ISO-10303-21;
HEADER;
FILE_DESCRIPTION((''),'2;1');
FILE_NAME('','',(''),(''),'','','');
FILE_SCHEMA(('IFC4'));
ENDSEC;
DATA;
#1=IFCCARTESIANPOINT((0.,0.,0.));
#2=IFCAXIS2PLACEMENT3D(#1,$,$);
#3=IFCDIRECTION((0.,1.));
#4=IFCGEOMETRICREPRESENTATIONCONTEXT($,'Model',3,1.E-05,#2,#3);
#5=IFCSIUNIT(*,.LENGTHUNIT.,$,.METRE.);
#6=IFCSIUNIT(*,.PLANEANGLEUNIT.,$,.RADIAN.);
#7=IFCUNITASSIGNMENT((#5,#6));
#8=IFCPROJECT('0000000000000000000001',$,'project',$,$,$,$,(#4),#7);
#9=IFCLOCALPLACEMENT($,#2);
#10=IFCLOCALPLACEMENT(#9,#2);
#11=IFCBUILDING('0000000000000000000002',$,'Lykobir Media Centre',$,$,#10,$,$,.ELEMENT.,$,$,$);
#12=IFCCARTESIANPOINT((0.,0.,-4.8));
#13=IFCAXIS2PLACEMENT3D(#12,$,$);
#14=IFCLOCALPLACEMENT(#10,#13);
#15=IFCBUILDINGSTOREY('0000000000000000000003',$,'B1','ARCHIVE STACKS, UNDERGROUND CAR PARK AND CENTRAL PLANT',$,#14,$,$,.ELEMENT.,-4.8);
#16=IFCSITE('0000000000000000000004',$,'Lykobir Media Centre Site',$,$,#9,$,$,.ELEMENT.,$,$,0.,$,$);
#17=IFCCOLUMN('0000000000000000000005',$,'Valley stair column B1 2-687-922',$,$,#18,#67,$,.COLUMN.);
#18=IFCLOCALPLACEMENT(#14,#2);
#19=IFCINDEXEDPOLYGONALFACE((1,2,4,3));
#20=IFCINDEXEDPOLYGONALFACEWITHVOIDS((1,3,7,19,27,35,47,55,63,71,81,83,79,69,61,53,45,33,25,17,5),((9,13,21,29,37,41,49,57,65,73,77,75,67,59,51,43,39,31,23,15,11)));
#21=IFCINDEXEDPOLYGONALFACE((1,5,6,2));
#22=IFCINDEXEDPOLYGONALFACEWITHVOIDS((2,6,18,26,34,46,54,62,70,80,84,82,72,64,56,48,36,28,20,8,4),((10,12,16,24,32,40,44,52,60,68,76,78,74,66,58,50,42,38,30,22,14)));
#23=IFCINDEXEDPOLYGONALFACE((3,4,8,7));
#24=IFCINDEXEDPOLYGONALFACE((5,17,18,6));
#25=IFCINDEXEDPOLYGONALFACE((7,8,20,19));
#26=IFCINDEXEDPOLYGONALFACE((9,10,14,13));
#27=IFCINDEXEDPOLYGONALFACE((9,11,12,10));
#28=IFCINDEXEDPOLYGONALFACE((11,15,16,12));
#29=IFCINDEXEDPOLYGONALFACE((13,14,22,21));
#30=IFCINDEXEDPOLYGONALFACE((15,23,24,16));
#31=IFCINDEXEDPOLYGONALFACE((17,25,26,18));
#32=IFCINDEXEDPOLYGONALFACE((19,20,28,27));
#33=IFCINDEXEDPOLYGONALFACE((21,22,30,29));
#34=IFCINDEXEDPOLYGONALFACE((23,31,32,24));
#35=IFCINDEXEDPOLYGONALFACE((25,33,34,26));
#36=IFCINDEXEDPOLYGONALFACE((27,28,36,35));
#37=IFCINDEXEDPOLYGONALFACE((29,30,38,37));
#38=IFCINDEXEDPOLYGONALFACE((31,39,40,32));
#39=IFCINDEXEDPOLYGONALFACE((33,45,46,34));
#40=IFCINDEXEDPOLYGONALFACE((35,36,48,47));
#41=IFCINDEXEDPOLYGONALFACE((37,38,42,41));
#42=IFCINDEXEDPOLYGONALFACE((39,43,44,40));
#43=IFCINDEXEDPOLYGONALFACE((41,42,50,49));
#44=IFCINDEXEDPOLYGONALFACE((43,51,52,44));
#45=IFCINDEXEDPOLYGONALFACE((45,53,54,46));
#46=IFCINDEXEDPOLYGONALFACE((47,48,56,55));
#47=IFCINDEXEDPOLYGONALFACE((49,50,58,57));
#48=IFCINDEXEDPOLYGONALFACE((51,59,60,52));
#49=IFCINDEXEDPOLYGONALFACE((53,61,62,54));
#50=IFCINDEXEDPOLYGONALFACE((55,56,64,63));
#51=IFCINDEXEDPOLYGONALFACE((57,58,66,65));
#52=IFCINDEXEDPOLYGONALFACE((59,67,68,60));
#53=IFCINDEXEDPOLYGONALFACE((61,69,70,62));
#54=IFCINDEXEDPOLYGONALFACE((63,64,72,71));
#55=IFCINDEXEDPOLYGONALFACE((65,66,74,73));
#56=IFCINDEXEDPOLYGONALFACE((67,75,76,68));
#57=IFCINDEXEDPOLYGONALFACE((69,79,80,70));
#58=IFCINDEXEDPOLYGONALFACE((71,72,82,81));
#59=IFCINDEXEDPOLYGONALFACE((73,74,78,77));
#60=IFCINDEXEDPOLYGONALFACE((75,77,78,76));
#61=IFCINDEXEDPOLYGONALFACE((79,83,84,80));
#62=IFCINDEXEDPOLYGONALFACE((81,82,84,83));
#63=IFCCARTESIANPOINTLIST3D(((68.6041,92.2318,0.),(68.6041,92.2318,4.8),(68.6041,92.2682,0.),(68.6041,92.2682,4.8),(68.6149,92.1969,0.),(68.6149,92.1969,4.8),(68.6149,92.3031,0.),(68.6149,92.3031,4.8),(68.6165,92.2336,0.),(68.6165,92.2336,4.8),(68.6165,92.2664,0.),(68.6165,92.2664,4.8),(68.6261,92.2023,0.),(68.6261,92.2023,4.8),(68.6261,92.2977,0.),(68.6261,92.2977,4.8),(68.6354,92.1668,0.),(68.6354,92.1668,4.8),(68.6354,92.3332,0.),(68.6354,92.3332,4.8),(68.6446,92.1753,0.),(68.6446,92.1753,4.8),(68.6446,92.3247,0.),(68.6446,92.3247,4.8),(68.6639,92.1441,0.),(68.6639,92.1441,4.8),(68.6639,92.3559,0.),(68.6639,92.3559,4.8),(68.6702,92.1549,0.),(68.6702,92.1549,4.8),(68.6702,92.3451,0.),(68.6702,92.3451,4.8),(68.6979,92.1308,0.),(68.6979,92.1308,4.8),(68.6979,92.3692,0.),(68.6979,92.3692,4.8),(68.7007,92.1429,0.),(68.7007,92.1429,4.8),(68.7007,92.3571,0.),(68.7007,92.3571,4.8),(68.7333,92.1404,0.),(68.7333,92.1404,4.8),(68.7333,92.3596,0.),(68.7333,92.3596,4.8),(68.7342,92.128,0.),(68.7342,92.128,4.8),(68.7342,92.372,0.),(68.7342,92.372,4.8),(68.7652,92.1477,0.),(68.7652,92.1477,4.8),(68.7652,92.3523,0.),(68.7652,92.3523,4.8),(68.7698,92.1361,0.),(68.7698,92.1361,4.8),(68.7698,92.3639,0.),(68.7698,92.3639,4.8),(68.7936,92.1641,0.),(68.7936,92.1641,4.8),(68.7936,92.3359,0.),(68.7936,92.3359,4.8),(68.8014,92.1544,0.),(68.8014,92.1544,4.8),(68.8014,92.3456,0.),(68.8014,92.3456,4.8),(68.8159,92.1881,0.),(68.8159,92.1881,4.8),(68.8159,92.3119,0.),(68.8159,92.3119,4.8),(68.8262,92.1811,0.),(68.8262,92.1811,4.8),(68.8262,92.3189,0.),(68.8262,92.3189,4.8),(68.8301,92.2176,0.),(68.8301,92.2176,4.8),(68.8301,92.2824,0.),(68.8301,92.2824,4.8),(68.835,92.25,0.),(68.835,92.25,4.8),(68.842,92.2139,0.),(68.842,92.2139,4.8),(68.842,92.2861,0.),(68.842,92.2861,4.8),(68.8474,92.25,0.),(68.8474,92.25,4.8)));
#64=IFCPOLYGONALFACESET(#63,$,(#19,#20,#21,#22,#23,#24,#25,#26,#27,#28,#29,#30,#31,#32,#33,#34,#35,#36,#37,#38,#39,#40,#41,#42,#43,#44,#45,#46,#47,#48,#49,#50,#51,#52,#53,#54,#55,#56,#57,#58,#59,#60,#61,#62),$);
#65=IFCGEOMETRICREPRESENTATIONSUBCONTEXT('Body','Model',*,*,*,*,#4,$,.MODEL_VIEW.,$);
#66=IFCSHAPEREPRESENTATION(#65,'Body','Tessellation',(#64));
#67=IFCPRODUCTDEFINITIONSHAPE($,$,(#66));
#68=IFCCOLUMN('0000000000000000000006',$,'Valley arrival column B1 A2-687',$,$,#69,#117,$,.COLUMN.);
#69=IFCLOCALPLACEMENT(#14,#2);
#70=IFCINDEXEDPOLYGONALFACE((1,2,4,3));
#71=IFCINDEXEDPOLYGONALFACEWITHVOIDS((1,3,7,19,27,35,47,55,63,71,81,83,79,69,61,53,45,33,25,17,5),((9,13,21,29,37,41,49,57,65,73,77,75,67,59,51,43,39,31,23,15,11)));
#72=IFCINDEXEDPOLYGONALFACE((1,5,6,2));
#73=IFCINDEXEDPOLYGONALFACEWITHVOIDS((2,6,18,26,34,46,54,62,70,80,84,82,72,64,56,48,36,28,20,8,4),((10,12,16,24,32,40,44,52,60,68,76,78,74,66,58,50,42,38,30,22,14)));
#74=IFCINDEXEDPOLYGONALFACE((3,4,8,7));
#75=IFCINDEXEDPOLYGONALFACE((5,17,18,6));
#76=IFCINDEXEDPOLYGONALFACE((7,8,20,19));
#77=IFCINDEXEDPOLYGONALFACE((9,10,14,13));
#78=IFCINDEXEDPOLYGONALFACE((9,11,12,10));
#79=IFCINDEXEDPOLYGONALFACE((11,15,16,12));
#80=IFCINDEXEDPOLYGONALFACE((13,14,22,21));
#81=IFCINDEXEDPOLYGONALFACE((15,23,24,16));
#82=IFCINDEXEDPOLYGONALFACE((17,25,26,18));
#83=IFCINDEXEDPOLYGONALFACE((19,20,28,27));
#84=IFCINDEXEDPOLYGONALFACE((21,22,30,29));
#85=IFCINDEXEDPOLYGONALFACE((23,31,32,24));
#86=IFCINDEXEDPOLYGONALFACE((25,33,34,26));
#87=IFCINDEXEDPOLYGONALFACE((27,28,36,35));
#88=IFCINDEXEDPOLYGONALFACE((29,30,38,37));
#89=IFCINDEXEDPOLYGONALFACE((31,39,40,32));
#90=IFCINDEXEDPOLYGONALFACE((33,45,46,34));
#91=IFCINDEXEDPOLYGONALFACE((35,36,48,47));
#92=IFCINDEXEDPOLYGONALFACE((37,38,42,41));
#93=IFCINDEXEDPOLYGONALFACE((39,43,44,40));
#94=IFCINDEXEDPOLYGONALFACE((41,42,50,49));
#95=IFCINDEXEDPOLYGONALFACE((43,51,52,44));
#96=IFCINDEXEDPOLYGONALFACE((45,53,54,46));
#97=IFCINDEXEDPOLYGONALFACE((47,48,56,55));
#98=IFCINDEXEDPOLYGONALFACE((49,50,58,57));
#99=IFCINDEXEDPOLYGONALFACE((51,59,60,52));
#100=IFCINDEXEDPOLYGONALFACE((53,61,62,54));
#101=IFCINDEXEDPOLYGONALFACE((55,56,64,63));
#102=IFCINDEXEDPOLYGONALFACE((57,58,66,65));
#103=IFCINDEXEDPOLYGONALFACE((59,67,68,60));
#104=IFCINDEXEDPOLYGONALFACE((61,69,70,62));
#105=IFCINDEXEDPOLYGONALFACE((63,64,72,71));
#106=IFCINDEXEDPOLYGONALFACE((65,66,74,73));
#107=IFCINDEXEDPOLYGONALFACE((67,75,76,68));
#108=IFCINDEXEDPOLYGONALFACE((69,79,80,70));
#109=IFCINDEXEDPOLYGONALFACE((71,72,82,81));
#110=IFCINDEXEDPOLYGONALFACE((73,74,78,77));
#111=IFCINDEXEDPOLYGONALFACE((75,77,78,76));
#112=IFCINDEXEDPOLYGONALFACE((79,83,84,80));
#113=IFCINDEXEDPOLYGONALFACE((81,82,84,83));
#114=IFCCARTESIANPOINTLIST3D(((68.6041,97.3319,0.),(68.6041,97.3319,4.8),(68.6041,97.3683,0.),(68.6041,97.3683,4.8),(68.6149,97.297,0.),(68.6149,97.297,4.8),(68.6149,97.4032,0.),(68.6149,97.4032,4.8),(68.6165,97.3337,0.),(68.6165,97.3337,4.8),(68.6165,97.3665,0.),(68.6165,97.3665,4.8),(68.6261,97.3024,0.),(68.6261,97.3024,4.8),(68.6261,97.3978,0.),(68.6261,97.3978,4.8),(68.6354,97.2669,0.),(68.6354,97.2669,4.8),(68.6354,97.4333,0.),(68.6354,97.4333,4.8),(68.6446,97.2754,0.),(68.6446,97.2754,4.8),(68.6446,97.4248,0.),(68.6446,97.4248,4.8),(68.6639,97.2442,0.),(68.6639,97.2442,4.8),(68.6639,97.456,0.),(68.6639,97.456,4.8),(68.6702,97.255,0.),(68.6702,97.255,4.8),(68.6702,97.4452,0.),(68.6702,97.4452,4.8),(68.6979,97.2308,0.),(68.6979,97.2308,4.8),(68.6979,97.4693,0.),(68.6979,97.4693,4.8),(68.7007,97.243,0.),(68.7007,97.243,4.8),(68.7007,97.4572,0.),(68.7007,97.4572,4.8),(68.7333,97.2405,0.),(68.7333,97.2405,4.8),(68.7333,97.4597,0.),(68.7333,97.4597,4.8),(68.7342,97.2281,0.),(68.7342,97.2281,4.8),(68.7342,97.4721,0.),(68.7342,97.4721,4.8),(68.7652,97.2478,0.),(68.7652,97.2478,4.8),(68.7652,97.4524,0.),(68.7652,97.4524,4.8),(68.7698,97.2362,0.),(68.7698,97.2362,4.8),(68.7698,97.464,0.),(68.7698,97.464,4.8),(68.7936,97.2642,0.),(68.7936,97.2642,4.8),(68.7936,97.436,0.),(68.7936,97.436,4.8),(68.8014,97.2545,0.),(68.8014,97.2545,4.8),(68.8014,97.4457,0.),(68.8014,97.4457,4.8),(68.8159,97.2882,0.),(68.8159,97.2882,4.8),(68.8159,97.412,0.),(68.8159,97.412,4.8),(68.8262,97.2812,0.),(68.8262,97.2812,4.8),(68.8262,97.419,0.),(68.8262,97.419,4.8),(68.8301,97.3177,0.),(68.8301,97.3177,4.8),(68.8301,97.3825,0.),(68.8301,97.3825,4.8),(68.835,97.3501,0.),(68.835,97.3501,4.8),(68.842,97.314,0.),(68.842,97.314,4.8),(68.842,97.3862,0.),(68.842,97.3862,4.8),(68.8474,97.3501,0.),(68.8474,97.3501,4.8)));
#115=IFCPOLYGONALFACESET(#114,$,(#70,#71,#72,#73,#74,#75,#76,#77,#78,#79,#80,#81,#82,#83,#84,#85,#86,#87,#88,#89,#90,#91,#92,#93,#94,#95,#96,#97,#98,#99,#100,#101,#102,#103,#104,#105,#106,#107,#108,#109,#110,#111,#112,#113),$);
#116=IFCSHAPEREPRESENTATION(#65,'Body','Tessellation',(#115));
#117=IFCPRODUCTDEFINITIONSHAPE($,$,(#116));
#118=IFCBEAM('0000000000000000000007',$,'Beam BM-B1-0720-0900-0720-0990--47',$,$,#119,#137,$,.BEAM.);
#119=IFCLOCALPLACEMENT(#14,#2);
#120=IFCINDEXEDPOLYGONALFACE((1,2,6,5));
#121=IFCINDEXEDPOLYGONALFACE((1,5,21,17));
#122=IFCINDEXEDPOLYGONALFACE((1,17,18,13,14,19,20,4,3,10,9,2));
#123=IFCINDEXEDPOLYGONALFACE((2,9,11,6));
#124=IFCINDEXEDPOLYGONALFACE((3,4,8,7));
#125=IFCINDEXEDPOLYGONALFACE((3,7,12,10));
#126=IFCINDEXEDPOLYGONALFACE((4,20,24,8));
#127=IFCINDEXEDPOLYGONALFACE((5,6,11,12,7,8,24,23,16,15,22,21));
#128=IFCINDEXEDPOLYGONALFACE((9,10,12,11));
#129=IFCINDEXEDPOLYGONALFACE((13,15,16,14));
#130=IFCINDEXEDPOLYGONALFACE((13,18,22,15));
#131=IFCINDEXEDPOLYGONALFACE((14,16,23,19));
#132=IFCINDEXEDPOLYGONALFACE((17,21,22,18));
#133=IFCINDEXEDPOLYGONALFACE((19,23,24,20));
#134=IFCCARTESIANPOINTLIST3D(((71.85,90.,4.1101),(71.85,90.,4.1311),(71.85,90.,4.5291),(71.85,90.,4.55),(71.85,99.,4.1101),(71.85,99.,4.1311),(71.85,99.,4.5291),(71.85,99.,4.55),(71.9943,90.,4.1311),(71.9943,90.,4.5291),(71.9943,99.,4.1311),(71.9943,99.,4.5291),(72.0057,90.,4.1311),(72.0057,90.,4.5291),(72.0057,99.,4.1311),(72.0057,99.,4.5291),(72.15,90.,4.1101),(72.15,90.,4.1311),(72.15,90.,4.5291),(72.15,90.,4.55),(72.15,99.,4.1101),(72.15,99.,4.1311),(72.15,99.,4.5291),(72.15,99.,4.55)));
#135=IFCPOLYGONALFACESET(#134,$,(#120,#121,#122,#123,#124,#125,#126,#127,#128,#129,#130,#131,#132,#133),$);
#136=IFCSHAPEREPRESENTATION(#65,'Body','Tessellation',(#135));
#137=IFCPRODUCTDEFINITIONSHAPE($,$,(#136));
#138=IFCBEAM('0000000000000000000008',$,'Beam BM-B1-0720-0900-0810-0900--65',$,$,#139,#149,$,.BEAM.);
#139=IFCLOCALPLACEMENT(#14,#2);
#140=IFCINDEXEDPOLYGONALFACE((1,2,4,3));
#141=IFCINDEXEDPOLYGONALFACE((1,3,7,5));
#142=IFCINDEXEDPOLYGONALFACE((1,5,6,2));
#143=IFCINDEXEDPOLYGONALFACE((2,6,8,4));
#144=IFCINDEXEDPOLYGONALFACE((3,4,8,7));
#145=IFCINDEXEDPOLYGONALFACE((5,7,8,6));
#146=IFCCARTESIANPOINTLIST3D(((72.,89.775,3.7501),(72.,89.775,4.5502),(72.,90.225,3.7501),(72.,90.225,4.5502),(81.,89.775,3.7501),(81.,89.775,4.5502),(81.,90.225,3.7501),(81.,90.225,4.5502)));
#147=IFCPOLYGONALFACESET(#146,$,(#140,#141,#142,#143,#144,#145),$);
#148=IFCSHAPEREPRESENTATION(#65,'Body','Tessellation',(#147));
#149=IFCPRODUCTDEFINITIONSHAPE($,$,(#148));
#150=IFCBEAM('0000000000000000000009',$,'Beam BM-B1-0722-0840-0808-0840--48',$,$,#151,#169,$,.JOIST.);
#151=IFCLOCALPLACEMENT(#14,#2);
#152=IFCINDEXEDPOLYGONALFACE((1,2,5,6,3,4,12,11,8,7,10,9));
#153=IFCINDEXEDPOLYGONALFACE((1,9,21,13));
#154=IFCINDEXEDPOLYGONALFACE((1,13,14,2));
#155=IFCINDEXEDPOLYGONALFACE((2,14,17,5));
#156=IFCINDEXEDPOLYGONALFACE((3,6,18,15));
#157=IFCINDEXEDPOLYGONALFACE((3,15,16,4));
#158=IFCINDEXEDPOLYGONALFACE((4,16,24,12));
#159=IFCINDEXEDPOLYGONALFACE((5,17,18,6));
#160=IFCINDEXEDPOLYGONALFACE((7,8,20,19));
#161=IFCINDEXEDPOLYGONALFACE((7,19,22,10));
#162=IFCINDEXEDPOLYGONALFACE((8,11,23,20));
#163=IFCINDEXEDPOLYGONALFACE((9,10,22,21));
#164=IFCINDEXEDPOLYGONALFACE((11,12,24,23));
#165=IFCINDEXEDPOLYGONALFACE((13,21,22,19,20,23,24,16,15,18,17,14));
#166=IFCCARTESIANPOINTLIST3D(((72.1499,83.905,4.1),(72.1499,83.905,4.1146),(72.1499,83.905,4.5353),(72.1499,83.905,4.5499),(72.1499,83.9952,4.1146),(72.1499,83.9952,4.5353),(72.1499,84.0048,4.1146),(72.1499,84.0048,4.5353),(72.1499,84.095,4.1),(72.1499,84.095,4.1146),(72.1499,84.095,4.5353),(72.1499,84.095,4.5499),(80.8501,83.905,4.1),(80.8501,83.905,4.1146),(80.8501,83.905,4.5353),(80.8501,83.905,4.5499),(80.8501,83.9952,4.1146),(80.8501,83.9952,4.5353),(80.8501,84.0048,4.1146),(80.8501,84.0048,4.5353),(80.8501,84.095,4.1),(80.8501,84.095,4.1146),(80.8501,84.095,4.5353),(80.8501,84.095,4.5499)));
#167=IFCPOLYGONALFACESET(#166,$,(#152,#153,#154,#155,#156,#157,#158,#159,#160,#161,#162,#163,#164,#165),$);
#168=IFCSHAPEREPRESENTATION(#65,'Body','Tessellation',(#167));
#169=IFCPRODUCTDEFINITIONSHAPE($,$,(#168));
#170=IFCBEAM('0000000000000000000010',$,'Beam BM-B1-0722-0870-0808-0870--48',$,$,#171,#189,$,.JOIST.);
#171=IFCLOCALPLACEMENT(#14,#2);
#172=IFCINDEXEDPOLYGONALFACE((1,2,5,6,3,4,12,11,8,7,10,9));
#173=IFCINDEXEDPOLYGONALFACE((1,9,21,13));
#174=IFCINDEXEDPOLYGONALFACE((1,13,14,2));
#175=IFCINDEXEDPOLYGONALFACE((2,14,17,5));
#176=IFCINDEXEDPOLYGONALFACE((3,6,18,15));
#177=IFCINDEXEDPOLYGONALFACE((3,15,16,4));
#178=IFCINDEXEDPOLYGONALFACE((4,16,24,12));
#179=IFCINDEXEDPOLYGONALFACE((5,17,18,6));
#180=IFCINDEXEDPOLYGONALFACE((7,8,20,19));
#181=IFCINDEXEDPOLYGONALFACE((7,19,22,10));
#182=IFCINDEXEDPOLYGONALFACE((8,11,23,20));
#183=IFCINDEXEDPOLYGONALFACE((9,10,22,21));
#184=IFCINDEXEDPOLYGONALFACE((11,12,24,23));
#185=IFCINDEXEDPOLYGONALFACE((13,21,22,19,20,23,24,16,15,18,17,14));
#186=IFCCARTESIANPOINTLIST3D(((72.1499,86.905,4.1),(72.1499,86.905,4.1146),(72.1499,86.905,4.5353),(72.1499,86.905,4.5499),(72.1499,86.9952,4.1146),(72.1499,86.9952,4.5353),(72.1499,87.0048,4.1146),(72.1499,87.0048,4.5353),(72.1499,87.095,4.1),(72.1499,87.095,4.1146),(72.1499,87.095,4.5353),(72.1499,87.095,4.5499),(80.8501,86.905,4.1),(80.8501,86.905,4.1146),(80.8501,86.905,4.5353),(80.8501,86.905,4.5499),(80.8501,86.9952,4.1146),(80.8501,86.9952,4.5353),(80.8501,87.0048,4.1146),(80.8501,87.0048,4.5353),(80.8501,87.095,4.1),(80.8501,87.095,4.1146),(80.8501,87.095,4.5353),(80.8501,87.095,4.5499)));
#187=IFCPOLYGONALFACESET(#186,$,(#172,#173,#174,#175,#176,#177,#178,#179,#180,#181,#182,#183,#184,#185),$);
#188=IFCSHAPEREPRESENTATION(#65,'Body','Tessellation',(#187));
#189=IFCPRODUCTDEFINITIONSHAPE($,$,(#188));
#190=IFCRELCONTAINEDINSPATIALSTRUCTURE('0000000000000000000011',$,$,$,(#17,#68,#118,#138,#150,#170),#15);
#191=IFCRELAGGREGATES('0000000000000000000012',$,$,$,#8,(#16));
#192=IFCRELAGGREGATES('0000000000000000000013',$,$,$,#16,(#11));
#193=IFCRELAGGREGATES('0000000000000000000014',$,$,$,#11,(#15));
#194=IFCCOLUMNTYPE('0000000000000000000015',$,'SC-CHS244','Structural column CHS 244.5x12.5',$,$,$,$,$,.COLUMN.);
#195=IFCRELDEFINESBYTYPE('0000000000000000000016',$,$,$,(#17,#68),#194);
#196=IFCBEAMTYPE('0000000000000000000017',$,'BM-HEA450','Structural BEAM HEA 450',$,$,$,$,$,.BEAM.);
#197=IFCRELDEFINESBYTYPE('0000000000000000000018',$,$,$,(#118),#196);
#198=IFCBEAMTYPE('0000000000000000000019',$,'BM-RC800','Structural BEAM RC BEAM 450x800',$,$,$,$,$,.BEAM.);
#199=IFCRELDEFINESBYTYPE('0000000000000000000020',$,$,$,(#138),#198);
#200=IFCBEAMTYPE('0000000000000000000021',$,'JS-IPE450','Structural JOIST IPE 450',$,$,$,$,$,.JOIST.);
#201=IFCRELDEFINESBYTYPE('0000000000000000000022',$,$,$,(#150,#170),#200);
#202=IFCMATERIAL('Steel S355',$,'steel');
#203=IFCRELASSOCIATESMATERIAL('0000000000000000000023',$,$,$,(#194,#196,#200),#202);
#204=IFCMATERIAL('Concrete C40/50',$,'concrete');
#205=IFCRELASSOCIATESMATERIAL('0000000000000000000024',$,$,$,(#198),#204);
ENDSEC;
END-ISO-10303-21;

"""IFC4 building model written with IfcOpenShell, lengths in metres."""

from ifc_helpers import new_model, si_unit, direction, frame, origin, origin_2d, place, context, subcontext, project, spatial, rectangle, hollow_circle, i_section, extrude, material, material_profile, profile_set, type_object, element, save


model = new_model("IFC4")

# Units and contexts
model_context = context("Model", 3, precision=1e-05, world=origin(), true_north=direction((0.0, 1.0)))
body_context = subcontext(model_context, "Body", "Model", "MODEL_VIEW")
ifc_project = project(units=[si_unit("LENGTHUNIT", "METRE"), si_unit("PLANEANGLEUNIT", "RADIAN")], contexts=[model_context])

# Site, building, storey
site_placement = place(None, origin())
site = spatial("IfcSite", under=ifc_project, at=site_placement, Name="Lykobir Media Centre Site", CompositionType="ELEMENT", RefElevation=0.0)
building_placement = place(site_placement, origin())
building = spatial("IfcBuilding", under=site, at=building_placement, Name="Lykobir Media Centre", CompositionType="ELEMENT")
storey_placement = place(building_placement, frame((0.0, 0.0, -4.8)))
storey = spatial("IfcBuildingStorey", under=building, at=storey_placement, Name="B1", Description="ARCHIVE STACKS, UNDERGROUND CAR PARK AND CENTRAL PLANT", CompositionType="ELEMENT", Elevation=-4.8)

# Columns
ifc_material_1 = material(Name="Concrete C40/50", Category="concrete")
ifc_material_2 = material(Name="Steel S355", Category="steel")
ifc_material_profile_1 = material_profile(ifc_material_2, hollow_circle(Radius=0.1223, WallThickness=0.0125, at=origin_2d()), Name="CHS 244.5x12.5")
ifc_profile_set_1 = profile_set([ifc_material_profile_1], Name="Steel S355")
column_type_1 = type_object("IfcColumnType", Name="SC-CHS244", Description="Structural column CHS 244.5x12.5", PredefinedType="COLUMN", material=ifc_profile_set_1)
for number, where, z_axis, x_axis, name in (
    (1, (68.7251, 92.25, 0.0), (0.0, 0.0, 1.0), (1.0, 0.0, 0.0), "Valley stair column B1 2-687-922"),
    (2, (68.7251, 97.3501, 0.0), (0.0, 0.0, 1.0), (1.0, 0.0, 0.0), "Valley arrival column B1 A2-687"),
):
    element("IfcColumn", number, at=place(storey_placement, frame(where, z_axis=z_axis, x_axis=x_axis)), inside=storey, type_object=column_type_1, Name=name, PredefinedType="COLUMN", context=body_context, shape_type="SweptSolid", body=[
        extrude(hollow_circle(Radius=0.1223, WallThickness=0.0125, at=origin_2d()), origin(), (0.0, 0.0, 1.0), 4.8),
    ])

# Beams
ifc_material_profile_2 = material_profile(ifc_material_2, i_section(OverallWidth=0.3, OverallDepth=0.4399, WebThickness=0.0115, FlangeThickness=0.021, at=origin_2d()), Name="HEA 450")
ifc_profile_set_2 = profile_set([ifc_material_profile_2], Name="Steel S355")
beam_type_1 = type_object("IfcBeamType", Name="BM-HEA450", Description="Structural BEAM HEA 450", PredefinedType="BEAM", material=ifc_profile_set_2)
beam_1_placement = place(storey_placement, frame((72.0, 90.0, 4.3301), z_axis=(0.0, 1.0, 0.0), x_axis=(-1.0, 0.0, 0.0)))
element("IfcBeam", 3, at=beam_1_placement, inside=storey, type_object=beam_type_1, Name="Beam BM-B1-0720-0900-0720-0990--47", PredefinedType="BEAM", context=body_context, shape_type="SweptSolid", body=[
    extrude(i_section(OverallWidth=0.3, OverallDepth=0.4399, WebThickness=0.0115, FlangeThickness=0.021, at=origin_2d()), origin(), (0.0, 0.0, 1.0), 9.0),
])
ifc_material_profile_3 = material_profile(ifc_material_1, rectangle(XDim=0.45, YDim=0.8, at=origin_2d()), Name="RC BEAM 450x800")
ifc_profile_set_3 = profile_set([ifc_material_profile_3], Name="Concrete C40/50")
beam_type_2 = type_object("IfcBeamType", Name="BM-RC800", Description="Structural BEAM RC BEAM 450x800", PredefinedType="BEAM", material=ifc_profile_set_3)
beam_2_placement = place(storey_placement, frame((72.0, 90.0, 4.1501), z_axis=(1.0, 0.0, 0.0), x_axis=(0.0, 1.0, 0.0)))
element("IfcBeam", 4, at=beam_2_placement, inside=storey, type_object=beam_type_2, Name="Beam BM-B1-0720-0900-0810-0900--65", PredefinedType="BEAM", context=body_context, shape_type="SweptSolid", body=[
    extrude(rectangle(XDim=0.45, YDim=0.8, at=origin_2d()), origin(), (0.0, 0.0, 1.0), 9.0),
])
ifc_material_profile_4 = material_profile(ifc_material_2, i_section(OverallWidth=0.1899, OverallDepth=0.45, WebThickness=0.0095, FlangeThickness=0.0146, at=origin_2d()), Name="IPE 450")
ifc_profile_set_4 = profile_set([ifc_material_profile_4], Name="Steel S355")
beam_type_3 = type_object("IfcBeamType", Name="JS-IPE450", Description="Structural JOIST IPE 450", PredefinedType="JOIST", material=ifc_profile_set_4)
for number, where, z_axis, x_axis, name in (
    (5, (72.1499, 84.0, 4.325), (1.0, 0.0, 0.0), (0.0, 1.0, 0.0), "Beam BM-B1-0722-0840-0808-0840--48"),
    (6, (72.1499, 87.0, 4.325), (1.0, 0.0, 0.0), (0.0, 1.0, 0.0), "Beam BM-B1-0722-0870-0808-0870--48"),
):
    element("IfcBeam", number, at=place(storey_placement, frame(where, z_axis=z_axis, x_axis=x_axis)), inside=storey, type_object=beam_type_3, Name=name, PredefinedType="JOIST", context=body_context, shape_type="SweptSolid", body=[
        extrude(i_section(OverallWidth=0.1899, OverallDepth=0.45, WebThickness=0.0095, FlangeThickness=0.0146, at=origin_2d()), origin(), (0.0, 0.0, 1.0), 8.7002),
    ])

save(model, "model.ifc")
